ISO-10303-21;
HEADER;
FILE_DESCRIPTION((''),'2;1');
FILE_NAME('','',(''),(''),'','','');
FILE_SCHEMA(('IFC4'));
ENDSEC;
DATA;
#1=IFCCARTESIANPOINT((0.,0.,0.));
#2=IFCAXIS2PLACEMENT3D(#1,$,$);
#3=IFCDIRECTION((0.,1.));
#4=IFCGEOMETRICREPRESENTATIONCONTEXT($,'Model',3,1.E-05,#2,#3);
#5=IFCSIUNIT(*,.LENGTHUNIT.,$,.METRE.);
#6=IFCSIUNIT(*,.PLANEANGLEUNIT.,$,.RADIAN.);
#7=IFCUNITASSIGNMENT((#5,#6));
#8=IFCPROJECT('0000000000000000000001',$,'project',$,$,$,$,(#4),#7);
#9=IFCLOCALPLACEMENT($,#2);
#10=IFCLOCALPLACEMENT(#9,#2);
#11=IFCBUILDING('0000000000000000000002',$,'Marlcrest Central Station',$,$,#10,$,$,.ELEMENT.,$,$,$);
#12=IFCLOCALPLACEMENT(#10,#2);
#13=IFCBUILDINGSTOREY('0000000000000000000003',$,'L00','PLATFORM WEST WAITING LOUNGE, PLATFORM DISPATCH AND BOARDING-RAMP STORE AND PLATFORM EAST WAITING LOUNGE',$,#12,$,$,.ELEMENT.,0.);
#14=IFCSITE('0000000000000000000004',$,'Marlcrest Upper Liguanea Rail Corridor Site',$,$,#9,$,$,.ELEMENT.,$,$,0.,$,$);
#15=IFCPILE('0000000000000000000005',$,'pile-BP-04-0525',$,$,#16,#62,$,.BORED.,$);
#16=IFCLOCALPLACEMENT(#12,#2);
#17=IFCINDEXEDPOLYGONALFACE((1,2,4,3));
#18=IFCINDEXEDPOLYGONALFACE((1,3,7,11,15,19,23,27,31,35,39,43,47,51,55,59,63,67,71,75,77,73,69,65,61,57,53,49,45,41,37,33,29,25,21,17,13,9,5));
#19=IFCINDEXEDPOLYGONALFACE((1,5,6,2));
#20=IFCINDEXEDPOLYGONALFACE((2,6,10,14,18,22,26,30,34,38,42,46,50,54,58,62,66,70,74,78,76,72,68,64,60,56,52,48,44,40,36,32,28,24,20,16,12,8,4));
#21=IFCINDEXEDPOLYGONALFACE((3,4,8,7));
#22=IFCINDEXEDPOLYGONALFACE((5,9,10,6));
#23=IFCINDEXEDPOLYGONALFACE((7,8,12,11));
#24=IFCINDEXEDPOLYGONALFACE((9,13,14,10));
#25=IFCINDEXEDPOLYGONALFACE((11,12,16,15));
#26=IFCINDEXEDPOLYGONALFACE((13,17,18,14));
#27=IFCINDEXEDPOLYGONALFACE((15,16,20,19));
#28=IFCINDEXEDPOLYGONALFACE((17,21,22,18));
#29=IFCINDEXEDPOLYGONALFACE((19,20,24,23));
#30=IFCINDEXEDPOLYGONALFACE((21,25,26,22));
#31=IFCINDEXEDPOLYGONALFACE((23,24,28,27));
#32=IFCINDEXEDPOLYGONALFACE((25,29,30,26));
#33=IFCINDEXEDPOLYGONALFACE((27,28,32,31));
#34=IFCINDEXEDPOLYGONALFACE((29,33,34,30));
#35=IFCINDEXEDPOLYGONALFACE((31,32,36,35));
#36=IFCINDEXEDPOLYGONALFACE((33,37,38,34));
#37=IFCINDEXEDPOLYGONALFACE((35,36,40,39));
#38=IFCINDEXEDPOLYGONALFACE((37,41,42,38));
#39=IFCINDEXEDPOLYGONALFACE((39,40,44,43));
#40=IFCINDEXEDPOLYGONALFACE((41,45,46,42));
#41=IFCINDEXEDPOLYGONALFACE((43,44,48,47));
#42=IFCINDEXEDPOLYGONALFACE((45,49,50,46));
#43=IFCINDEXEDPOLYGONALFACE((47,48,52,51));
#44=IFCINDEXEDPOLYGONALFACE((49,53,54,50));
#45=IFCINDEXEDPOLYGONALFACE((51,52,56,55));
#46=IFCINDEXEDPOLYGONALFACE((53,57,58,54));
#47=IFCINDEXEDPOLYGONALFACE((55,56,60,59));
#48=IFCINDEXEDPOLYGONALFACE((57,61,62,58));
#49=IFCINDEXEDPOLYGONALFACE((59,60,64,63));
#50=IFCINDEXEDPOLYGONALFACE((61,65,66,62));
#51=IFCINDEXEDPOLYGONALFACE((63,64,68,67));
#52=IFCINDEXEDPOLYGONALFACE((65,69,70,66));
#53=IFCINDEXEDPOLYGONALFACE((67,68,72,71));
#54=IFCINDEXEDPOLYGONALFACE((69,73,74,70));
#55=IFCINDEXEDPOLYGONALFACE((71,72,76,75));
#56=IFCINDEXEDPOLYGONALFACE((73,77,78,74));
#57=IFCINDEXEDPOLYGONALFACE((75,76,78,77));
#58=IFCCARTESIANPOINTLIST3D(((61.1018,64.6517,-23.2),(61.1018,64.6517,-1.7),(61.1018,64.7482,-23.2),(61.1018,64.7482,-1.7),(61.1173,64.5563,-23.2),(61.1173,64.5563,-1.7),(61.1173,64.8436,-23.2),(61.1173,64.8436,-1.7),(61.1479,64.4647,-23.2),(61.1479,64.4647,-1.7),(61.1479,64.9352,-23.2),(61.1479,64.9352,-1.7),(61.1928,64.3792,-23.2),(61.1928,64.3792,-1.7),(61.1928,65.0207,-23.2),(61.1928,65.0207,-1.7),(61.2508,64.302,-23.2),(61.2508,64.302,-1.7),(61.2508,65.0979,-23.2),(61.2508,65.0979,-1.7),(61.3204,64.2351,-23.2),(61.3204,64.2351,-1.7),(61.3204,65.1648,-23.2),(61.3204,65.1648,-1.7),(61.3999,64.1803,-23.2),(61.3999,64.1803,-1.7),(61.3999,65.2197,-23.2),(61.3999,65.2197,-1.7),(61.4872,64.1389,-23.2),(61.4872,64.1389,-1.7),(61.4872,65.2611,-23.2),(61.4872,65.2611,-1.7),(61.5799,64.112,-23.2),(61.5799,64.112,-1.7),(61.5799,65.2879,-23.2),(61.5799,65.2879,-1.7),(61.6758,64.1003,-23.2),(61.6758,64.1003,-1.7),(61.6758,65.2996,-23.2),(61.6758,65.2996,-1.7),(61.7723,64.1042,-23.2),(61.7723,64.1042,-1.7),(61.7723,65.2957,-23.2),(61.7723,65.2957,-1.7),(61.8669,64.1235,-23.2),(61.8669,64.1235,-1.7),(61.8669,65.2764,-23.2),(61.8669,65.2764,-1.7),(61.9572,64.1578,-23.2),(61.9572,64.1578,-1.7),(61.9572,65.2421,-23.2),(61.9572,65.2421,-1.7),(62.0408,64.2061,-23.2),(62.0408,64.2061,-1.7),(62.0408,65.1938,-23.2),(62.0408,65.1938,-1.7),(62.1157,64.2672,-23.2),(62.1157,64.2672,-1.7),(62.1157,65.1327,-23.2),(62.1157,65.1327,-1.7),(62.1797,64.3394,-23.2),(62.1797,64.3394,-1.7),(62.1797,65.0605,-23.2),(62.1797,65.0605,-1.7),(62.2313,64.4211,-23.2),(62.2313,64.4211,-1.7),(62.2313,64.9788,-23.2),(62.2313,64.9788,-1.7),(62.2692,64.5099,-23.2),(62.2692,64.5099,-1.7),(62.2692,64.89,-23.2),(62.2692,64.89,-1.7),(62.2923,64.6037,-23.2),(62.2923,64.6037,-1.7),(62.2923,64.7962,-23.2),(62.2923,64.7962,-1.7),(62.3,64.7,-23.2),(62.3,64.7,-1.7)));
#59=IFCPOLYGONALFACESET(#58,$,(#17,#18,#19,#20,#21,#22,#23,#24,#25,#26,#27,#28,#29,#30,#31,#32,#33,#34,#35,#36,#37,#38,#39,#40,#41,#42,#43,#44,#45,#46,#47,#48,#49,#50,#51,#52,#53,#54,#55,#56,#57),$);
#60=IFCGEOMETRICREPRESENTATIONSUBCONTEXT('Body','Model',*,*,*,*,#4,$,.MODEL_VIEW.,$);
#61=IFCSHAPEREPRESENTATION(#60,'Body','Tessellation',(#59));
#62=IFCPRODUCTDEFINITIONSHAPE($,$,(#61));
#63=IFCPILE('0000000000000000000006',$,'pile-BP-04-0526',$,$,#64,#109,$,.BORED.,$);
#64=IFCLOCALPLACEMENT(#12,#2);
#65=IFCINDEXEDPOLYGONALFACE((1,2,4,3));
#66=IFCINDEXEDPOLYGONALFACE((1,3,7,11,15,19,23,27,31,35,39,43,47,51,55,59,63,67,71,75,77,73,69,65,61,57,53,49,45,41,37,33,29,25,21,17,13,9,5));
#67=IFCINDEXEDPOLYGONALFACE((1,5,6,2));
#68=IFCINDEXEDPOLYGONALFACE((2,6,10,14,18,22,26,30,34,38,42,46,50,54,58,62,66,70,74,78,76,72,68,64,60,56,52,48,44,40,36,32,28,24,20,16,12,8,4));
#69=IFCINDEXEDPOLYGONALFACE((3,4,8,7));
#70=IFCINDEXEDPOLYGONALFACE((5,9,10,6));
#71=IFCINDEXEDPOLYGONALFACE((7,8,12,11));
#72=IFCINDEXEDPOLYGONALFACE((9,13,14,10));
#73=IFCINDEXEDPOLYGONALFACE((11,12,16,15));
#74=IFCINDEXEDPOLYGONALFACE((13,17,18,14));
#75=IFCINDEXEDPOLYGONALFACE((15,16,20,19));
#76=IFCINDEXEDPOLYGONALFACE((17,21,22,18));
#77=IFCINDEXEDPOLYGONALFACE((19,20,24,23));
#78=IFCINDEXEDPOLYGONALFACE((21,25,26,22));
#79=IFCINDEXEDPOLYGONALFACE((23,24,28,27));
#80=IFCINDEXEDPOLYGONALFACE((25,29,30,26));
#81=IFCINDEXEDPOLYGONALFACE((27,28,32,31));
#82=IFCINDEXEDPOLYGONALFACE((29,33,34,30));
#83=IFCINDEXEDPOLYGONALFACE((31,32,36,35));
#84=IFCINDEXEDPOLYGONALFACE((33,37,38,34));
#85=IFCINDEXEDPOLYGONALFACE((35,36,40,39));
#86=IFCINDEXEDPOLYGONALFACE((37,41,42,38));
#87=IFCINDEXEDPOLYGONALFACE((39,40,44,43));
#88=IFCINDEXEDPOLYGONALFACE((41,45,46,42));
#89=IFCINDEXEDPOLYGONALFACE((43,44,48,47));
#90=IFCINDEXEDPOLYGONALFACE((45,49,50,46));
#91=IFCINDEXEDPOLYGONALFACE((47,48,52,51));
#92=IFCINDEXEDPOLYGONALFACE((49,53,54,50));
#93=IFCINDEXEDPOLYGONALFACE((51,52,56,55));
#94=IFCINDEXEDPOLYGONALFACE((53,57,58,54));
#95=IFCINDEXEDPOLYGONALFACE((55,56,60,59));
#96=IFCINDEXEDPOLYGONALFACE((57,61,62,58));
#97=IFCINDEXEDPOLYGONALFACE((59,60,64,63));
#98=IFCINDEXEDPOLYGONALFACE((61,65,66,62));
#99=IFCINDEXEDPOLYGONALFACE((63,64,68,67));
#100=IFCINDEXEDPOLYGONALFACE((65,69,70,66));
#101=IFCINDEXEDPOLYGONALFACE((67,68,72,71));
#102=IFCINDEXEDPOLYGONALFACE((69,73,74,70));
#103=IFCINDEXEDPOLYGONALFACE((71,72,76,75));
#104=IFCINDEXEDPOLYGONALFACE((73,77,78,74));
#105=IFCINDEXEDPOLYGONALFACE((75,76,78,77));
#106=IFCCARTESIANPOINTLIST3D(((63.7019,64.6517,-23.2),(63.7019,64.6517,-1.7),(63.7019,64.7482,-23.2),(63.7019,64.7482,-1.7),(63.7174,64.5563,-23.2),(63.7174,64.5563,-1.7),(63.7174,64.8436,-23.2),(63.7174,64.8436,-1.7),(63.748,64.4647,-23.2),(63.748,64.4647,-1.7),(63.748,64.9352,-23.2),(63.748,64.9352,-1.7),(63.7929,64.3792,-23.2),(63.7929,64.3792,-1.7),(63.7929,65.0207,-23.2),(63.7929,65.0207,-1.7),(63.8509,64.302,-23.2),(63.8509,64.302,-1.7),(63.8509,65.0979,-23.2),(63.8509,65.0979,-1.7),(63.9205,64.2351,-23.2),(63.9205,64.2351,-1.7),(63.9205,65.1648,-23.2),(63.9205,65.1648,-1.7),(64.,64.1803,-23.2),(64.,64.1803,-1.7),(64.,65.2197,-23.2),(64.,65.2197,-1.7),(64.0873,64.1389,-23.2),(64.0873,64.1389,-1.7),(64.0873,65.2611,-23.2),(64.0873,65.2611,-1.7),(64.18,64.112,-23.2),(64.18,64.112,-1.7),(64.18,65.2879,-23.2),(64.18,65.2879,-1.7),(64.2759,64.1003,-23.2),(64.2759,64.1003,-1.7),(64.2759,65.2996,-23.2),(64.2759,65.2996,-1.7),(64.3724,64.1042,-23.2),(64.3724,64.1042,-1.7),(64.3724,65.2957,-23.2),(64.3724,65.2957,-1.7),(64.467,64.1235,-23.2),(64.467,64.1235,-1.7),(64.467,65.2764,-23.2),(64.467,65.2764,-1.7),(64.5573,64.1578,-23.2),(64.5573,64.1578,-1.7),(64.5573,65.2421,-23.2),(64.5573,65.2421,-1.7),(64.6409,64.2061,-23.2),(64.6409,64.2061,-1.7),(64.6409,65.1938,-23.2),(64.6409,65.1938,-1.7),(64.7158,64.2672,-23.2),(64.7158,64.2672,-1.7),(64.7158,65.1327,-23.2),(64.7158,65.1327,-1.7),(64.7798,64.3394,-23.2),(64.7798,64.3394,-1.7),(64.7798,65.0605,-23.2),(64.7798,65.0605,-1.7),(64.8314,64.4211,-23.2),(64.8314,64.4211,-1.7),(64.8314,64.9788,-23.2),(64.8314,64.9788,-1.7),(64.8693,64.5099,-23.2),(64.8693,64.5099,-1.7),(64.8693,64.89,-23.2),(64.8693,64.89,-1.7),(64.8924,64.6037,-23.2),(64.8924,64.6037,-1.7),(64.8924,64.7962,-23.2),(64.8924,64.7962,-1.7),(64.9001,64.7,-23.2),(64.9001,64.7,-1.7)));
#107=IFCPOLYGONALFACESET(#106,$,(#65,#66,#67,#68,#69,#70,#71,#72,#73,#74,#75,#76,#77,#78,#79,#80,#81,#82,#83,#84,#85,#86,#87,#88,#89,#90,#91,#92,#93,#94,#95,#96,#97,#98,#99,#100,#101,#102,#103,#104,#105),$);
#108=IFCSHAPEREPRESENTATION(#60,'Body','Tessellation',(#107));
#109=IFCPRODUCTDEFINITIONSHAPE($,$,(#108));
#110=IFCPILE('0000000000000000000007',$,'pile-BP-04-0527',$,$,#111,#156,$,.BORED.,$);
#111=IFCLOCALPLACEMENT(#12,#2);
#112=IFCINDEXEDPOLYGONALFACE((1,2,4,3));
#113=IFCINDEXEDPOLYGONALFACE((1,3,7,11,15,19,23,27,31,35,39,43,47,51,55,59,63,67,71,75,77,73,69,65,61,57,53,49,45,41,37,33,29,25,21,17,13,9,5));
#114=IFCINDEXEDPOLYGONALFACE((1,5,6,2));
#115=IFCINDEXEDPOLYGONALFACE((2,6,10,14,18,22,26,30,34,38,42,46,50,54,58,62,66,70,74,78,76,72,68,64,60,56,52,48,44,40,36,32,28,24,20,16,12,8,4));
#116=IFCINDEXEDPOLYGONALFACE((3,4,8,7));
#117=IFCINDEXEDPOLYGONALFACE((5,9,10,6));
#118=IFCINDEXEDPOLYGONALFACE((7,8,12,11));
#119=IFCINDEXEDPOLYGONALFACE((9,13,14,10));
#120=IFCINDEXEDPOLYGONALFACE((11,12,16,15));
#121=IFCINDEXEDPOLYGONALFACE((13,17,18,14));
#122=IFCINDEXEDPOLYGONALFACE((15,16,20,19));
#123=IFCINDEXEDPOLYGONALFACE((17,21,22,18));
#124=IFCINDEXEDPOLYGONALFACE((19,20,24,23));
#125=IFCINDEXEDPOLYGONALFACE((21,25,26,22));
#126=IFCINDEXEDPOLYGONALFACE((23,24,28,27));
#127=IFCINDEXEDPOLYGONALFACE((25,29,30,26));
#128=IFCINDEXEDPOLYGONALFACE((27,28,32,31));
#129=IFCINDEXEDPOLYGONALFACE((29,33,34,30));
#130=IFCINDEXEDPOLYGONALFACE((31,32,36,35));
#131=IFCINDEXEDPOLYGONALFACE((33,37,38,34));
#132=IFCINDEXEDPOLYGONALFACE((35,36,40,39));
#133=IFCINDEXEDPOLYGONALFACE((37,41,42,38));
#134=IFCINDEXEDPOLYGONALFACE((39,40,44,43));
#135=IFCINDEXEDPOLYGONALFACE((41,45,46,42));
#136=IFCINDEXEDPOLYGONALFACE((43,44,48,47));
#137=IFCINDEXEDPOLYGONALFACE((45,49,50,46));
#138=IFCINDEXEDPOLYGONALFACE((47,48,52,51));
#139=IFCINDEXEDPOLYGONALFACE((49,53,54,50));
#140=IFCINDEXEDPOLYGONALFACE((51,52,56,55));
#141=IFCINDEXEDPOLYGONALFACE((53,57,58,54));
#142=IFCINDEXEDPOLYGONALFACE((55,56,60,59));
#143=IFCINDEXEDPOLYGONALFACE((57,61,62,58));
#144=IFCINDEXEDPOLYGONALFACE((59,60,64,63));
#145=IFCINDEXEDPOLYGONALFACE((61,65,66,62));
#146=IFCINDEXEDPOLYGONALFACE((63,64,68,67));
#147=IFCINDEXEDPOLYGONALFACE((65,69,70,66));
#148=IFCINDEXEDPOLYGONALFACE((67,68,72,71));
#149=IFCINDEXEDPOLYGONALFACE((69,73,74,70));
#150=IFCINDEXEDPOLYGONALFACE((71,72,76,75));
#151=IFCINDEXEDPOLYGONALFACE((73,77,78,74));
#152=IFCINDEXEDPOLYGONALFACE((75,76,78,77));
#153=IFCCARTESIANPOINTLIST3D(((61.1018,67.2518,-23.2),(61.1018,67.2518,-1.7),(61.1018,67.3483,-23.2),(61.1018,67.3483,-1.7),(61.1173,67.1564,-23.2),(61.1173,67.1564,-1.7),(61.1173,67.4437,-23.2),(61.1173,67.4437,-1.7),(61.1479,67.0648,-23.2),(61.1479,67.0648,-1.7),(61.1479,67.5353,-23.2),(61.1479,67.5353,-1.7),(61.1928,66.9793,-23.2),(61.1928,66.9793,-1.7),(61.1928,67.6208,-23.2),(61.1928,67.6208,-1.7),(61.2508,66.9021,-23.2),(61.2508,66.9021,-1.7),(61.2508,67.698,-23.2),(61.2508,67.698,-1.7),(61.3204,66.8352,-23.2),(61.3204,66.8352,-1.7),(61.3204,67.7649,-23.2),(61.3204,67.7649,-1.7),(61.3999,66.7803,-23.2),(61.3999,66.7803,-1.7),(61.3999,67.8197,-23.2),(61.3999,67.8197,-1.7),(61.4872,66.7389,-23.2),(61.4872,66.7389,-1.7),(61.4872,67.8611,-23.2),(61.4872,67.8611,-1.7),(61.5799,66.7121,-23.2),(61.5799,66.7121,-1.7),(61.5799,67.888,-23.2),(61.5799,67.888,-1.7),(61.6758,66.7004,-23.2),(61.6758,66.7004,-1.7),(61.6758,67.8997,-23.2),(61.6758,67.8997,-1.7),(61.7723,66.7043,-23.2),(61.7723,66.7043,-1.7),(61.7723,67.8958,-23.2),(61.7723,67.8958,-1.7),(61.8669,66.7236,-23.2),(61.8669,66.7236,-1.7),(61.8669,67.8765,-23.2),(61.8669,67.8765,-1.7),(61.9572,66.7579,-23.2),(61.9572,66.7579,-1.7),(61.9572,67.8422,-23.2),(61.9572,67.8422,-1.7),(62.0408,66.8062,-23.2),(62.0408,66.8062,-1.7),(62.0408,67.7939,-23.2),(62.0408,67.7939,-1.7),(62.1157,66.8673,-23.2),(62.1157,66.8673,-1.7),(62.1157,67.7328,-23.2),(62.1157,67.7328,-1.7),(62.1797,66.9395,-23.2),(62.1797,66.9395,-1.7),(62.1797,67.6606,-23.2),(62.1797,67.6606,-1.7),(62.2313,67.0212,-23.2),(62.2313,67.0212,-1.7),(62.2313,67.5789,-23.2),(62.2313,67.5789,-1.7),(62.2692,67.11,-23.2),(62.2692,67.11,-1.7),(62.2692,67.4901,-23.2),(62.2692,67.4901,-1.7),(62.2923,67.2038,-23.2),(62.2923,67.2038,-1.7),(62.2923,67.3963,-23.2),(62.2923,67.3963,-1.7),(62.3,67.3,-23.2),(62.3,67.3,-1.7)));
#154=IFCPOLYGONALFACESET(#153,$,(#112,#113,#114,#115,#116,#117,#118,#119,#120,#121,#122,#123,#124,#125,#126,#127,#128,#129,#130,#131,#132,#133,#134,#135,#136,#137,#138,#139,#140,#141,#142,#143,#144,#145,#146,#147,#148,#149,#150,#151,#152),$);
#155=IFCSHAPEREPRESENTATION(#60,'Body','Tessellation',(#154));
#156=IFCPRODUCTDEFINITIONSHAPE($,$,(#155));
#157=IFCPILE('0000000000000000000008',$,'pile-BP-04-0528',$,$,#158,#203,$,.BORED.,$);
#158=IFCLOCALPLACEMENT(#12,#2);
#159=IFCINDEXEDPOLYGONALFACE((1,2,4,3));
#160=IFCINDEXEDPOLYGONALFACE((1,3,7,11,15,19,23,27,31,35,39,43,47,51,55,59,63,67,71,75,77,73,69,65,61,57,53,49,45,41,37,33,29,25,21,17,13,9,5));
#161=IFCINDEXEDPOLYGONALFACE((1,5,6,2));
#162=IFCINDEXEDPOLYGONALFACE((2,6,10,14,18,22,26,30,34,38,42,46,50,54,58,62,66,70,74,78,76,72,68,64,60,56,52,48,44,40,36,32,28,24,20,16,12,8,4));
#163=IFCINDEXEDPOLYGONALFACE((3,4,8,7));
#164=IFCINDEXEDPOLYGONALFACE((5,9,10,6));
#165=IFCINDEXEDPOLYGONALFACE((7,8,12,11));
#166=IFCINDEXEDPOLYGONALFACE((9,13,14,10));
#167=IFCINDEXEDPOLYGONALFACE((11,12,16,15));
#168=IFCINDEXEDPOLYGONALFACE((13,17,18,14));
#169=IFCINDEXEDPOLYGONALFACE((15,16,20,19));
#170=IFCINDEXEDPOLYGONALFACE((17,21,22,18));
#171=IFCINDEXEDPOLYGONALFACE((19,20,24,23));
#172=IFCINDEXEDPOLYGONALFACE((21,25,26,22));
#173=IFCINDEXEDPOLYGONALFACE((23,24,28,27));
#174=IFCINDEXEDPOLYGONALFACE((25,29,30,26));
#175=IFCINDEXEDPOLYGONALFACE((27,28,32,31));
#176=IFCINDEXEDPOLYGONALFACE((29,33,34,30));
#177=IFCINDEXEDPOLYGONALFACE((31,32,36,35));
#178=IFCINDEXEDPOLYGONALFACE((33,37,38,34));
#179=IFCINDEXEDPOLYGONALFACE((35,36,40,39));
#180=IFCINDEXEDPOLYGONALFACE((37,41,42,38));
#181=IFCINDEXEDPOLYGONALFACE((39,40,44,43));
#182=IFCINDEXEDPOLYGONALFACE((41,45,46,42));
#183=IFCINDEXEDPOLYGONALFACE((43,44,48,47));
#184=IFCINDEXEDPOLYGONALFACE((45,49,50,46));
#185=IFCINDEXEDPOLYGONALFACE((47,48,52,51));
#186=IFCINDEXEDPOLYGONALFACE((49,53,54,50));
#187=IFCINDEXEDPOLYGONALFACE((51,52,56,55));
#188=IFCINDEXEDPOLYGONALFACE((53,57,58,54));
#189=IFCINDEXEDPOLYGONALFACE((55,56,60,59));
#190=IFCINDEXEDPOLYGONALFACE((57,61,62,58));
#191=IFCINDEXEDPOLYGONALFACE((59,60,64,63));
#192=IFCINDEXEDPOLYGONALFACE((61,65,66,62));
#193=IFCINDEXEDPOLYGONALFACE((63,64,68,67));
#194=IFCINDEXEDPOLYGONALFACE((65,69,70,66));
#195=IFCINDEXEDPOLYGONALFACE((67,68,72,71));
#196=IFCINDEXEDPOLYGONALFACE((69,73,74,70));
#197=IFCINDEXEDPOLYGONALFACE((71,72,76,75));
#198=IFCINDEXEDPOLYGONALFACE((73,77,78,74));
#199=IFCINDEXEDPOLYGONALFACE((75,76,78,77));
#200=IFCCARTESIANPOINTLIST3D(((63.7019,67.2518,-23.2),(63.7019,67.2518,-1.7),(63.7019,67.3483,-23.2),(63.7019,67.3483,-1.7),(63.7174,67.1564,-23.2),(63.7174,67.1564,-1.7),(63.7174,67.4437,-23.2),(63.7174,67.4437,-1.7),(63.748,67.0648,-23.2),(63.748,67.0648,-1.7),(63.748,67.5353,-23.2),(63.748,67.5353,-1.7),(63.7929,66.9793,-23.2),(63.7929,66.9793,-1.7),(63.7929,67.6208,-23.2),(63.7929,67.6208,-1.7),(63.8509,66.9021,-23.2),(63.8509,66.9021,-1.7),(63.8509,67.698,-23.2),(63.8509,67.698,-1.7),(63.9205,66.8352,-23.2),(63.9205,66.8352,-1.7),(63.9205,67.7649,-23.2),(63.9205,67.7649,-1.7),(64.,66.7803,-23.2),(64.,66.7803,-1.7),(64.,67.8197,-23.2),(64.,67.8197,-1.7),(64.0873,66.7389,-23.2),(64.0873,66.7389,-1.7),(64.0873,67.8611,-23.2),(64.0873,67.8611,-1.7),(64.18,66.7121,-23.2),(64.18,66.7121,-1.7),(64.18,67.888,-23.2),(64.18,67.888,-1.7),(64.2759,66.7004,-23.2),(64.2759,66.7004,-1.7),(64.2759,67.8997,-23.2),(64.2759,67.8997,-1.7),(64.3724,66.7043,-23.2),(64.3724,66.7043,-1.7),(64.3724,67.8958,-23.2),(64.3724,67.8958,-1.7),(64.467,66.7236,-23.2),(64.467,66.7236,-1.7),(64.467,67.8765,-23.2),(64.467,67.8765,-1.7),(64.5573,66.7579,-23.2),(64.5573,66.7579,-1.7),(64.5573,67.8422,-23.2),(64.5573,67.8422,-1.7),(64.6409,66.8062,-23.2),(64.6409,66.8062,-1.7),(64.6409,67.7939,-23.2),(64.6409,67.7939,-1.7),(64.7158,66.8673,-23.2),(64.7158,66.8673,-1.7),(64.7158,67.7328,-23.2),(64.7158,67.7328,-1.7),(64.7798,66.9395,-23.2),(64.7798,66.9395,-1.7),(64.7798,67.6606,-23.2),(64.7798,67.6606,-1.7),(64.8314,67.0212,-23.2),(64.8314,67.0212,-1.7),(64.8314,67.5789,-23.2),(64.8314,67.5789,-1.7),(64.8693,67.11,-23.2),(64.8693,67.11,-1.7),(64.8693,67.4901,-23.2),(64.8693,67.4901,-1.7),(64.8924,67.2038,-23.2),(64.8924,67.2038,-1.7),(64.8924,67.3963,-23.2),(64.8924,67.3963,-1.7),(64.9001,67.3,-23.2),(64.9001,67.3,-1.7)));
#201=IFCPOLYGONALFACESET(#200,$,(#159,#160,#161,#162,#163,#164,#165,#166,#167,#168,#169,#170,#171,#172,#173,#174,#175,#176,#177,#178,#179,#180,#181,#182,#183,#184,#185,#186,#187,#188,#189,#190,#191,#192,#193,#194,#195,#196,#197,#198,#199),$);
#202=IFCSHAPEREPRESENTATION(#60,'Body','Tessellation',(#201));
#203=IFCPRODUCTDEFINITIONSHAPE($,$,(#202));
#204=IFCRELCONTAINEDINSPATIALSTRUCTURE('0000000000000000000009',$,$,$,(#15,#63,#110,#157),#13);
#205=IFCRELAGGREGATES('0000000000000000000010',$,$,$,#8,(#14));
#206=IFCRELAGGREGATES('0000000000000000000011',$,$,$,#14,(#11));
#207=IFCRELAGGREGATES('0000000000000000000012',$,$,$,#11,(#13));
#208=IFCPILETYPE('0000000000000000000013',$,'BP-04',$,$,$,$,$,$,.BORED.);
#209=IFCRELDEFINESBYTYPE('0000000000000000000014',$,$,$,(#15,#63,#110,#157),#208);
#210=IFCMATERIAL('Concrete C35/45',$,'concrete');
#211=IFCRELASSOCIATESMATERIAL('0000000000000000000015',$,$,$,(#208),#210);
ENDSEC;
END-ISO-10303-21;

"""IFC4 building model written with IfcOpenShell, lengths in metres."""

from ifc_helpers import new_model, si_unit, direction, frame, origin, origin_2d, place, context, subcontext, project, spatial, circle, extrude, material, material_profile, profile_set, type_object, element, save


model = new_model("IFC4")

# Units and contexts
model_context = context("Model", 3, precision=1e-05, world=origin(), true_north=direction((0.0, 1.0)))
body_context = subcontext(model_context, "Body", "Model", "MODEL_VIEW")
ifc_project = project(units=[si_unit("LENGTHUNIT", "METRE"), si_unit("PLANEANGLEUNIT", "RADIAN")], contexts=[model_context])

# Site, building, storey
site_placement = place(None, origin())
site = spatial("IfcSite", under=ifc_project, at=site_placement, Name="Marlcrest Upper Liguanea Rail Corridor Site", CompositionType="ELEMENT", RefElevation=0.0)
building_placement = place(site_placement, origin())
building = spatial("IfcBuilding", under=site, at=building_placement, Name="Marlcrest Central Station", CompositionType="ELEMENT")
storey_placement = place(building_placement, origin())
storey = spatial("IfcBuildingStorey", under=building, at=storey_placement, Name="L00", Description="PLATFORM WEST WAITING LOUNGE, PLATFORM DISPATCH AND BOARDING-RAMP STORE AND PLATFORM EAST WAITING LOUNGE", CompositionType="ELEMENT", Elevation=0.0)

# Piles
ifc_material_1 = material(Name="Concrete C35/45", Category="concrete")
ifc_material_profile_1 = material_profile(ifc_material_1, circle(Radius=0.6001, at=origin_2d()), Name="PILE D1200")
ifc_profile_set_1 = profile_set([ifc_material_profile_1], Name="Concrete C35/45")
pile_type = type_object("IfcPileType", Name="BP-04", PredefinedType="BORED", material=ifc_profile_set_1)
for number, where, z_axis, x_axis, name in (
    (1, (61.7, 64.7, -1.7), (0.0, 0.0, -1.0), (1.0, 0.0, 0.0), "pile-BP-04-0525"),
    (2, (64.3, 64.7, -1.7), (0.0, 0.0, -1.0), (1.0, 0.0, 0.0), "pile-BP-04-0526"),
    (3, (61.7, 67.3, -1.7), (0.0, 0.0, -1.0), (1.0, 0.0, 0.0), "pile-BP-04-0527"),
    (4, (64.3, 67.3, -1.7), (0.0, 0.0, -1.0), (1.0, 0.0, 0.0), "pile-BP-04-0528"),
):
    element("IfcPile", number, at=place(storey_placement, frame(where, z_axis=z_axis, x_axis=x_axis)), inside=storey, type_object=pile_type, Name=name, PredefinedType="BORED", context=body_context, shape_type="SweptSolid", body=[
        extrude(circle(Radius=0.6001, at=origin_2d()), origin(), (0.0, 0.0, 1.0), 21.5),
    ])

save(model, "model.ifc")
